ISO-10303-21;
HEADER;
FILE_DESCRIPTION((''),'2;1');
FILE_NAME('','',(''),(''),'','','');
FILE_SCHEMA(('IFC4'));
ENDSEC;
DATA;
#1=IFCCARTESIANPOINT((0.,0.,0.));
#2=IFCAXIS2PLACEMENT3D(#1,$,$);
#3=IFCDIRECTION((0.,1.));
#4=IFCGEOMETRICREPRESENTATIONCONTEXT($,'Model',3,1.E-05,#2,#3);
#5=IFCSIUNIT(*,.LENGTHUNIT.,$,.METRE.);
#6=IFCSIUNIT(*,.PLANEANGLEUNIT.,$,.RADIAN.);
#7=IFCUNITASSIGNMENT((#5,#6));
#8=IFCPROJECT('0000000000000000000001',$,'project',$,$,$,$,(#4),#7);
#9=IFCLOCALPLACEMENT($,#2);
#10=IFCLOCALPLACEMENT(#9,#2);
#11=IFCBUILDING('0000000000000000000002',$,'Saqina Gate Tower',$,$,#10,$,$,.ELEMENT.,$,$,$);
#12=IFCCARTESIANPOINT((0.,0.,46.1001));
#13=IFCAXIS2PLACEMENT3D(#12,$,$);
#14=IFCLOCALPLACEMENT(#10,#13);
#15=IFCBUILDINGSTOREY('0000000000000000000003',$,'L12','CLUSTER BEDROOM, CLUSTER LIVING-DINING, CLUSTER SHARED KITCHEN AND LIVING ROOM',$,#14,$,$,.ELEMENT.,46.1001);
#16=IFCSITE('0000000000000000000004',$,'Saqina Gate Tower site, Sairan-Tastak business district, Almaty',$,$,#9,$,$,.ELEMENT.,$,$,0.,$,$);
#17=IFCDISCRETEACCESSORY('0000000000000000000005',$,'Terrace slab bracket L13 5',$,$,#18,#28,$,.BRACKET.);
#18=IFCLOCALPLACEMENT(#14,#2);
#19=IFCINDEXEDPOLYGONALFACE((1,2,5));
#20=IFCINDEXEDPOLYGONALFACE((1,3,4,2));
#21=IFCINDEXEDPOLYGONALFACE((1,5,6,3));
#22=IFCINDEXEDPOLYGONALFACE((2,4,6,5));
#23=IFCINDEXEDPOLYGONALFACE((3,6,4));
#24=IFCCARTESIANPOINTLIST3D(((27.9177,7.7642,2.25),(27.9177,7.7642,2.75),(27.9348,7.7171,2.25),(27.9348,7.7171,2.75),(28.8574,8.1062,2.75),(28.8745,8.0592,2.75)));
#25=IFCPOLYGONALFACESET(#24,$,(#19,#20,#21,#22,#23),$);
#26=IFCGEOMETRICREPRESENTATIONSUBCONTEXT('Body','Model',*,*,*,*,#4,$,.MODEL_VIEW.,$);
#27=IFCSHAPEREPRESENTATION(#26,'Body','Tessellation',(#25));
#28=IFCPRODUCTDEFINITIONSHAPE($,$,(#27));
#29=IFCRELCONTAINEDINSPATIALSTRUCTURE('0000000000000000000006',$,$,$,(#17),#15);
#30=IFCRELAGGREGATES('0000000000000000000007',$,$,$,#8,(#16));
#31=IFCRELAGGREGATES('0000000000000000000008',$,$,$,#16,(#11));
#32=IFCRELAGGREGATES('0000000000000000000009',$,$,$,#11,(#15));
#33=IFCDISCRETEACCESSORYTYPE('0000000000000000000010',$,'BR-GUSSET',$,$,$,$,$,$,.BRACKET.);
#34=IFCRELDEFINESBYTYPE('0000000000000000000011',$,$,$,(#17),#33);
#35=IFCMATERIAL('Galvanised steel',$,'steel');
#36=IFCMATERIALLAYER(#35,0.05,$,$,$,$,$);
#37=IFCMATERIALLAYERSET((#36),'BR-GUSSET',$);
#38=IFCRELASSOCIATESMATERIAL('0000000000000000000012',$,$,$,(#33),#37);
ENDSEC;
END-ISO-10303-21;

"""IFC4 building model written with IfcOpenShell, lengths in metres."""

from ifc_helpers import new_model, si_unit, direction, frame, origin, place, context, subcontext, project, spatial, polyline, outline, extrude, material, layer, layer_set, type_object, element, save


model = new_model("IFC4")

# Units and contexts
model_context = context("Model", 3, precision=1e-05, world=origin(), true_north=direction((0.0, 1.0)))
body_context = subcontext(model_context, "Body", "Model", "MODEL_VIEW")
ifc_project = project(units=[si_unit("LENGTHUNIT", "METRE"), si_unit("PLANEANGLEUNIT", "RADIAN")], contexts=[model_context])

# Site, building, storey
site_placement = place(None, origin())
site = spatial("IfcSite", under=ifc_project, at=site_placement, Name="Saqina Gate Tower site, Sairan-Tastak business district, Almaty", CompositionType="ELEMENT", RefElevation=0.0)
building_placement = place(site_placement, origin())
building = spatial("IfcBuilding", under=site, at=building_placement, Name="Saqina Gate Tower", CompositionType="ELEMENT")
storey_placement = place(building_placement, frame((0.0, 0.0, 46.1001)))
storey = spatial("IfcBuildingStorey", under=building, at=storey_placement, Name="L12", Description="CLUSTER BEDROOM, CLUSTER LIVING-DINING, CLUSTER SHARED KITCHEN AND LIVING ROOM", CompositionType="ELEMENT", Elevation=46.1001)

# Discrete accessory
ifc_material_1 = material(Name="Galvanised steel", Category="steel")
ifc_layer_1 = layer(ifc_material_1, 0.05)
ifc_layer_set_1 = layer_set([ifc_layer_1], Name="BR-GUSSET")
discrete_accessory_type = type_object("IfcDiscreteAccessoryType", Name="BR-GUSSET", PredefinedType="BRACKET", material=ifc_layer_set_1)
discrete_accessory_1_placement = place(storey_placement, frame((27.9177, 7.7642, 2.25), z_axis=(-0.342037, 0.939686, 0.0), x_axis=(0.0, 0.0, 1.0)))
element("IfcDiscreteAccessory", 1, at=discrete_accessory_1_placement, inside=storey, type_object=discrete_accessory_type, Name="Terrace slab bracket L13 5", PredefinedType="BRACKET", context=body_context, shape_type="SweptSolid", body=[
    extrude(outline(polyline([(0.0, 0.0), (0.5, 0.0), (0.5, 1.0), (0.0, 0.0)])), origin(), (0.0, 0.0, -1.0), 0.05),
])

save(model, "model.ifc")
